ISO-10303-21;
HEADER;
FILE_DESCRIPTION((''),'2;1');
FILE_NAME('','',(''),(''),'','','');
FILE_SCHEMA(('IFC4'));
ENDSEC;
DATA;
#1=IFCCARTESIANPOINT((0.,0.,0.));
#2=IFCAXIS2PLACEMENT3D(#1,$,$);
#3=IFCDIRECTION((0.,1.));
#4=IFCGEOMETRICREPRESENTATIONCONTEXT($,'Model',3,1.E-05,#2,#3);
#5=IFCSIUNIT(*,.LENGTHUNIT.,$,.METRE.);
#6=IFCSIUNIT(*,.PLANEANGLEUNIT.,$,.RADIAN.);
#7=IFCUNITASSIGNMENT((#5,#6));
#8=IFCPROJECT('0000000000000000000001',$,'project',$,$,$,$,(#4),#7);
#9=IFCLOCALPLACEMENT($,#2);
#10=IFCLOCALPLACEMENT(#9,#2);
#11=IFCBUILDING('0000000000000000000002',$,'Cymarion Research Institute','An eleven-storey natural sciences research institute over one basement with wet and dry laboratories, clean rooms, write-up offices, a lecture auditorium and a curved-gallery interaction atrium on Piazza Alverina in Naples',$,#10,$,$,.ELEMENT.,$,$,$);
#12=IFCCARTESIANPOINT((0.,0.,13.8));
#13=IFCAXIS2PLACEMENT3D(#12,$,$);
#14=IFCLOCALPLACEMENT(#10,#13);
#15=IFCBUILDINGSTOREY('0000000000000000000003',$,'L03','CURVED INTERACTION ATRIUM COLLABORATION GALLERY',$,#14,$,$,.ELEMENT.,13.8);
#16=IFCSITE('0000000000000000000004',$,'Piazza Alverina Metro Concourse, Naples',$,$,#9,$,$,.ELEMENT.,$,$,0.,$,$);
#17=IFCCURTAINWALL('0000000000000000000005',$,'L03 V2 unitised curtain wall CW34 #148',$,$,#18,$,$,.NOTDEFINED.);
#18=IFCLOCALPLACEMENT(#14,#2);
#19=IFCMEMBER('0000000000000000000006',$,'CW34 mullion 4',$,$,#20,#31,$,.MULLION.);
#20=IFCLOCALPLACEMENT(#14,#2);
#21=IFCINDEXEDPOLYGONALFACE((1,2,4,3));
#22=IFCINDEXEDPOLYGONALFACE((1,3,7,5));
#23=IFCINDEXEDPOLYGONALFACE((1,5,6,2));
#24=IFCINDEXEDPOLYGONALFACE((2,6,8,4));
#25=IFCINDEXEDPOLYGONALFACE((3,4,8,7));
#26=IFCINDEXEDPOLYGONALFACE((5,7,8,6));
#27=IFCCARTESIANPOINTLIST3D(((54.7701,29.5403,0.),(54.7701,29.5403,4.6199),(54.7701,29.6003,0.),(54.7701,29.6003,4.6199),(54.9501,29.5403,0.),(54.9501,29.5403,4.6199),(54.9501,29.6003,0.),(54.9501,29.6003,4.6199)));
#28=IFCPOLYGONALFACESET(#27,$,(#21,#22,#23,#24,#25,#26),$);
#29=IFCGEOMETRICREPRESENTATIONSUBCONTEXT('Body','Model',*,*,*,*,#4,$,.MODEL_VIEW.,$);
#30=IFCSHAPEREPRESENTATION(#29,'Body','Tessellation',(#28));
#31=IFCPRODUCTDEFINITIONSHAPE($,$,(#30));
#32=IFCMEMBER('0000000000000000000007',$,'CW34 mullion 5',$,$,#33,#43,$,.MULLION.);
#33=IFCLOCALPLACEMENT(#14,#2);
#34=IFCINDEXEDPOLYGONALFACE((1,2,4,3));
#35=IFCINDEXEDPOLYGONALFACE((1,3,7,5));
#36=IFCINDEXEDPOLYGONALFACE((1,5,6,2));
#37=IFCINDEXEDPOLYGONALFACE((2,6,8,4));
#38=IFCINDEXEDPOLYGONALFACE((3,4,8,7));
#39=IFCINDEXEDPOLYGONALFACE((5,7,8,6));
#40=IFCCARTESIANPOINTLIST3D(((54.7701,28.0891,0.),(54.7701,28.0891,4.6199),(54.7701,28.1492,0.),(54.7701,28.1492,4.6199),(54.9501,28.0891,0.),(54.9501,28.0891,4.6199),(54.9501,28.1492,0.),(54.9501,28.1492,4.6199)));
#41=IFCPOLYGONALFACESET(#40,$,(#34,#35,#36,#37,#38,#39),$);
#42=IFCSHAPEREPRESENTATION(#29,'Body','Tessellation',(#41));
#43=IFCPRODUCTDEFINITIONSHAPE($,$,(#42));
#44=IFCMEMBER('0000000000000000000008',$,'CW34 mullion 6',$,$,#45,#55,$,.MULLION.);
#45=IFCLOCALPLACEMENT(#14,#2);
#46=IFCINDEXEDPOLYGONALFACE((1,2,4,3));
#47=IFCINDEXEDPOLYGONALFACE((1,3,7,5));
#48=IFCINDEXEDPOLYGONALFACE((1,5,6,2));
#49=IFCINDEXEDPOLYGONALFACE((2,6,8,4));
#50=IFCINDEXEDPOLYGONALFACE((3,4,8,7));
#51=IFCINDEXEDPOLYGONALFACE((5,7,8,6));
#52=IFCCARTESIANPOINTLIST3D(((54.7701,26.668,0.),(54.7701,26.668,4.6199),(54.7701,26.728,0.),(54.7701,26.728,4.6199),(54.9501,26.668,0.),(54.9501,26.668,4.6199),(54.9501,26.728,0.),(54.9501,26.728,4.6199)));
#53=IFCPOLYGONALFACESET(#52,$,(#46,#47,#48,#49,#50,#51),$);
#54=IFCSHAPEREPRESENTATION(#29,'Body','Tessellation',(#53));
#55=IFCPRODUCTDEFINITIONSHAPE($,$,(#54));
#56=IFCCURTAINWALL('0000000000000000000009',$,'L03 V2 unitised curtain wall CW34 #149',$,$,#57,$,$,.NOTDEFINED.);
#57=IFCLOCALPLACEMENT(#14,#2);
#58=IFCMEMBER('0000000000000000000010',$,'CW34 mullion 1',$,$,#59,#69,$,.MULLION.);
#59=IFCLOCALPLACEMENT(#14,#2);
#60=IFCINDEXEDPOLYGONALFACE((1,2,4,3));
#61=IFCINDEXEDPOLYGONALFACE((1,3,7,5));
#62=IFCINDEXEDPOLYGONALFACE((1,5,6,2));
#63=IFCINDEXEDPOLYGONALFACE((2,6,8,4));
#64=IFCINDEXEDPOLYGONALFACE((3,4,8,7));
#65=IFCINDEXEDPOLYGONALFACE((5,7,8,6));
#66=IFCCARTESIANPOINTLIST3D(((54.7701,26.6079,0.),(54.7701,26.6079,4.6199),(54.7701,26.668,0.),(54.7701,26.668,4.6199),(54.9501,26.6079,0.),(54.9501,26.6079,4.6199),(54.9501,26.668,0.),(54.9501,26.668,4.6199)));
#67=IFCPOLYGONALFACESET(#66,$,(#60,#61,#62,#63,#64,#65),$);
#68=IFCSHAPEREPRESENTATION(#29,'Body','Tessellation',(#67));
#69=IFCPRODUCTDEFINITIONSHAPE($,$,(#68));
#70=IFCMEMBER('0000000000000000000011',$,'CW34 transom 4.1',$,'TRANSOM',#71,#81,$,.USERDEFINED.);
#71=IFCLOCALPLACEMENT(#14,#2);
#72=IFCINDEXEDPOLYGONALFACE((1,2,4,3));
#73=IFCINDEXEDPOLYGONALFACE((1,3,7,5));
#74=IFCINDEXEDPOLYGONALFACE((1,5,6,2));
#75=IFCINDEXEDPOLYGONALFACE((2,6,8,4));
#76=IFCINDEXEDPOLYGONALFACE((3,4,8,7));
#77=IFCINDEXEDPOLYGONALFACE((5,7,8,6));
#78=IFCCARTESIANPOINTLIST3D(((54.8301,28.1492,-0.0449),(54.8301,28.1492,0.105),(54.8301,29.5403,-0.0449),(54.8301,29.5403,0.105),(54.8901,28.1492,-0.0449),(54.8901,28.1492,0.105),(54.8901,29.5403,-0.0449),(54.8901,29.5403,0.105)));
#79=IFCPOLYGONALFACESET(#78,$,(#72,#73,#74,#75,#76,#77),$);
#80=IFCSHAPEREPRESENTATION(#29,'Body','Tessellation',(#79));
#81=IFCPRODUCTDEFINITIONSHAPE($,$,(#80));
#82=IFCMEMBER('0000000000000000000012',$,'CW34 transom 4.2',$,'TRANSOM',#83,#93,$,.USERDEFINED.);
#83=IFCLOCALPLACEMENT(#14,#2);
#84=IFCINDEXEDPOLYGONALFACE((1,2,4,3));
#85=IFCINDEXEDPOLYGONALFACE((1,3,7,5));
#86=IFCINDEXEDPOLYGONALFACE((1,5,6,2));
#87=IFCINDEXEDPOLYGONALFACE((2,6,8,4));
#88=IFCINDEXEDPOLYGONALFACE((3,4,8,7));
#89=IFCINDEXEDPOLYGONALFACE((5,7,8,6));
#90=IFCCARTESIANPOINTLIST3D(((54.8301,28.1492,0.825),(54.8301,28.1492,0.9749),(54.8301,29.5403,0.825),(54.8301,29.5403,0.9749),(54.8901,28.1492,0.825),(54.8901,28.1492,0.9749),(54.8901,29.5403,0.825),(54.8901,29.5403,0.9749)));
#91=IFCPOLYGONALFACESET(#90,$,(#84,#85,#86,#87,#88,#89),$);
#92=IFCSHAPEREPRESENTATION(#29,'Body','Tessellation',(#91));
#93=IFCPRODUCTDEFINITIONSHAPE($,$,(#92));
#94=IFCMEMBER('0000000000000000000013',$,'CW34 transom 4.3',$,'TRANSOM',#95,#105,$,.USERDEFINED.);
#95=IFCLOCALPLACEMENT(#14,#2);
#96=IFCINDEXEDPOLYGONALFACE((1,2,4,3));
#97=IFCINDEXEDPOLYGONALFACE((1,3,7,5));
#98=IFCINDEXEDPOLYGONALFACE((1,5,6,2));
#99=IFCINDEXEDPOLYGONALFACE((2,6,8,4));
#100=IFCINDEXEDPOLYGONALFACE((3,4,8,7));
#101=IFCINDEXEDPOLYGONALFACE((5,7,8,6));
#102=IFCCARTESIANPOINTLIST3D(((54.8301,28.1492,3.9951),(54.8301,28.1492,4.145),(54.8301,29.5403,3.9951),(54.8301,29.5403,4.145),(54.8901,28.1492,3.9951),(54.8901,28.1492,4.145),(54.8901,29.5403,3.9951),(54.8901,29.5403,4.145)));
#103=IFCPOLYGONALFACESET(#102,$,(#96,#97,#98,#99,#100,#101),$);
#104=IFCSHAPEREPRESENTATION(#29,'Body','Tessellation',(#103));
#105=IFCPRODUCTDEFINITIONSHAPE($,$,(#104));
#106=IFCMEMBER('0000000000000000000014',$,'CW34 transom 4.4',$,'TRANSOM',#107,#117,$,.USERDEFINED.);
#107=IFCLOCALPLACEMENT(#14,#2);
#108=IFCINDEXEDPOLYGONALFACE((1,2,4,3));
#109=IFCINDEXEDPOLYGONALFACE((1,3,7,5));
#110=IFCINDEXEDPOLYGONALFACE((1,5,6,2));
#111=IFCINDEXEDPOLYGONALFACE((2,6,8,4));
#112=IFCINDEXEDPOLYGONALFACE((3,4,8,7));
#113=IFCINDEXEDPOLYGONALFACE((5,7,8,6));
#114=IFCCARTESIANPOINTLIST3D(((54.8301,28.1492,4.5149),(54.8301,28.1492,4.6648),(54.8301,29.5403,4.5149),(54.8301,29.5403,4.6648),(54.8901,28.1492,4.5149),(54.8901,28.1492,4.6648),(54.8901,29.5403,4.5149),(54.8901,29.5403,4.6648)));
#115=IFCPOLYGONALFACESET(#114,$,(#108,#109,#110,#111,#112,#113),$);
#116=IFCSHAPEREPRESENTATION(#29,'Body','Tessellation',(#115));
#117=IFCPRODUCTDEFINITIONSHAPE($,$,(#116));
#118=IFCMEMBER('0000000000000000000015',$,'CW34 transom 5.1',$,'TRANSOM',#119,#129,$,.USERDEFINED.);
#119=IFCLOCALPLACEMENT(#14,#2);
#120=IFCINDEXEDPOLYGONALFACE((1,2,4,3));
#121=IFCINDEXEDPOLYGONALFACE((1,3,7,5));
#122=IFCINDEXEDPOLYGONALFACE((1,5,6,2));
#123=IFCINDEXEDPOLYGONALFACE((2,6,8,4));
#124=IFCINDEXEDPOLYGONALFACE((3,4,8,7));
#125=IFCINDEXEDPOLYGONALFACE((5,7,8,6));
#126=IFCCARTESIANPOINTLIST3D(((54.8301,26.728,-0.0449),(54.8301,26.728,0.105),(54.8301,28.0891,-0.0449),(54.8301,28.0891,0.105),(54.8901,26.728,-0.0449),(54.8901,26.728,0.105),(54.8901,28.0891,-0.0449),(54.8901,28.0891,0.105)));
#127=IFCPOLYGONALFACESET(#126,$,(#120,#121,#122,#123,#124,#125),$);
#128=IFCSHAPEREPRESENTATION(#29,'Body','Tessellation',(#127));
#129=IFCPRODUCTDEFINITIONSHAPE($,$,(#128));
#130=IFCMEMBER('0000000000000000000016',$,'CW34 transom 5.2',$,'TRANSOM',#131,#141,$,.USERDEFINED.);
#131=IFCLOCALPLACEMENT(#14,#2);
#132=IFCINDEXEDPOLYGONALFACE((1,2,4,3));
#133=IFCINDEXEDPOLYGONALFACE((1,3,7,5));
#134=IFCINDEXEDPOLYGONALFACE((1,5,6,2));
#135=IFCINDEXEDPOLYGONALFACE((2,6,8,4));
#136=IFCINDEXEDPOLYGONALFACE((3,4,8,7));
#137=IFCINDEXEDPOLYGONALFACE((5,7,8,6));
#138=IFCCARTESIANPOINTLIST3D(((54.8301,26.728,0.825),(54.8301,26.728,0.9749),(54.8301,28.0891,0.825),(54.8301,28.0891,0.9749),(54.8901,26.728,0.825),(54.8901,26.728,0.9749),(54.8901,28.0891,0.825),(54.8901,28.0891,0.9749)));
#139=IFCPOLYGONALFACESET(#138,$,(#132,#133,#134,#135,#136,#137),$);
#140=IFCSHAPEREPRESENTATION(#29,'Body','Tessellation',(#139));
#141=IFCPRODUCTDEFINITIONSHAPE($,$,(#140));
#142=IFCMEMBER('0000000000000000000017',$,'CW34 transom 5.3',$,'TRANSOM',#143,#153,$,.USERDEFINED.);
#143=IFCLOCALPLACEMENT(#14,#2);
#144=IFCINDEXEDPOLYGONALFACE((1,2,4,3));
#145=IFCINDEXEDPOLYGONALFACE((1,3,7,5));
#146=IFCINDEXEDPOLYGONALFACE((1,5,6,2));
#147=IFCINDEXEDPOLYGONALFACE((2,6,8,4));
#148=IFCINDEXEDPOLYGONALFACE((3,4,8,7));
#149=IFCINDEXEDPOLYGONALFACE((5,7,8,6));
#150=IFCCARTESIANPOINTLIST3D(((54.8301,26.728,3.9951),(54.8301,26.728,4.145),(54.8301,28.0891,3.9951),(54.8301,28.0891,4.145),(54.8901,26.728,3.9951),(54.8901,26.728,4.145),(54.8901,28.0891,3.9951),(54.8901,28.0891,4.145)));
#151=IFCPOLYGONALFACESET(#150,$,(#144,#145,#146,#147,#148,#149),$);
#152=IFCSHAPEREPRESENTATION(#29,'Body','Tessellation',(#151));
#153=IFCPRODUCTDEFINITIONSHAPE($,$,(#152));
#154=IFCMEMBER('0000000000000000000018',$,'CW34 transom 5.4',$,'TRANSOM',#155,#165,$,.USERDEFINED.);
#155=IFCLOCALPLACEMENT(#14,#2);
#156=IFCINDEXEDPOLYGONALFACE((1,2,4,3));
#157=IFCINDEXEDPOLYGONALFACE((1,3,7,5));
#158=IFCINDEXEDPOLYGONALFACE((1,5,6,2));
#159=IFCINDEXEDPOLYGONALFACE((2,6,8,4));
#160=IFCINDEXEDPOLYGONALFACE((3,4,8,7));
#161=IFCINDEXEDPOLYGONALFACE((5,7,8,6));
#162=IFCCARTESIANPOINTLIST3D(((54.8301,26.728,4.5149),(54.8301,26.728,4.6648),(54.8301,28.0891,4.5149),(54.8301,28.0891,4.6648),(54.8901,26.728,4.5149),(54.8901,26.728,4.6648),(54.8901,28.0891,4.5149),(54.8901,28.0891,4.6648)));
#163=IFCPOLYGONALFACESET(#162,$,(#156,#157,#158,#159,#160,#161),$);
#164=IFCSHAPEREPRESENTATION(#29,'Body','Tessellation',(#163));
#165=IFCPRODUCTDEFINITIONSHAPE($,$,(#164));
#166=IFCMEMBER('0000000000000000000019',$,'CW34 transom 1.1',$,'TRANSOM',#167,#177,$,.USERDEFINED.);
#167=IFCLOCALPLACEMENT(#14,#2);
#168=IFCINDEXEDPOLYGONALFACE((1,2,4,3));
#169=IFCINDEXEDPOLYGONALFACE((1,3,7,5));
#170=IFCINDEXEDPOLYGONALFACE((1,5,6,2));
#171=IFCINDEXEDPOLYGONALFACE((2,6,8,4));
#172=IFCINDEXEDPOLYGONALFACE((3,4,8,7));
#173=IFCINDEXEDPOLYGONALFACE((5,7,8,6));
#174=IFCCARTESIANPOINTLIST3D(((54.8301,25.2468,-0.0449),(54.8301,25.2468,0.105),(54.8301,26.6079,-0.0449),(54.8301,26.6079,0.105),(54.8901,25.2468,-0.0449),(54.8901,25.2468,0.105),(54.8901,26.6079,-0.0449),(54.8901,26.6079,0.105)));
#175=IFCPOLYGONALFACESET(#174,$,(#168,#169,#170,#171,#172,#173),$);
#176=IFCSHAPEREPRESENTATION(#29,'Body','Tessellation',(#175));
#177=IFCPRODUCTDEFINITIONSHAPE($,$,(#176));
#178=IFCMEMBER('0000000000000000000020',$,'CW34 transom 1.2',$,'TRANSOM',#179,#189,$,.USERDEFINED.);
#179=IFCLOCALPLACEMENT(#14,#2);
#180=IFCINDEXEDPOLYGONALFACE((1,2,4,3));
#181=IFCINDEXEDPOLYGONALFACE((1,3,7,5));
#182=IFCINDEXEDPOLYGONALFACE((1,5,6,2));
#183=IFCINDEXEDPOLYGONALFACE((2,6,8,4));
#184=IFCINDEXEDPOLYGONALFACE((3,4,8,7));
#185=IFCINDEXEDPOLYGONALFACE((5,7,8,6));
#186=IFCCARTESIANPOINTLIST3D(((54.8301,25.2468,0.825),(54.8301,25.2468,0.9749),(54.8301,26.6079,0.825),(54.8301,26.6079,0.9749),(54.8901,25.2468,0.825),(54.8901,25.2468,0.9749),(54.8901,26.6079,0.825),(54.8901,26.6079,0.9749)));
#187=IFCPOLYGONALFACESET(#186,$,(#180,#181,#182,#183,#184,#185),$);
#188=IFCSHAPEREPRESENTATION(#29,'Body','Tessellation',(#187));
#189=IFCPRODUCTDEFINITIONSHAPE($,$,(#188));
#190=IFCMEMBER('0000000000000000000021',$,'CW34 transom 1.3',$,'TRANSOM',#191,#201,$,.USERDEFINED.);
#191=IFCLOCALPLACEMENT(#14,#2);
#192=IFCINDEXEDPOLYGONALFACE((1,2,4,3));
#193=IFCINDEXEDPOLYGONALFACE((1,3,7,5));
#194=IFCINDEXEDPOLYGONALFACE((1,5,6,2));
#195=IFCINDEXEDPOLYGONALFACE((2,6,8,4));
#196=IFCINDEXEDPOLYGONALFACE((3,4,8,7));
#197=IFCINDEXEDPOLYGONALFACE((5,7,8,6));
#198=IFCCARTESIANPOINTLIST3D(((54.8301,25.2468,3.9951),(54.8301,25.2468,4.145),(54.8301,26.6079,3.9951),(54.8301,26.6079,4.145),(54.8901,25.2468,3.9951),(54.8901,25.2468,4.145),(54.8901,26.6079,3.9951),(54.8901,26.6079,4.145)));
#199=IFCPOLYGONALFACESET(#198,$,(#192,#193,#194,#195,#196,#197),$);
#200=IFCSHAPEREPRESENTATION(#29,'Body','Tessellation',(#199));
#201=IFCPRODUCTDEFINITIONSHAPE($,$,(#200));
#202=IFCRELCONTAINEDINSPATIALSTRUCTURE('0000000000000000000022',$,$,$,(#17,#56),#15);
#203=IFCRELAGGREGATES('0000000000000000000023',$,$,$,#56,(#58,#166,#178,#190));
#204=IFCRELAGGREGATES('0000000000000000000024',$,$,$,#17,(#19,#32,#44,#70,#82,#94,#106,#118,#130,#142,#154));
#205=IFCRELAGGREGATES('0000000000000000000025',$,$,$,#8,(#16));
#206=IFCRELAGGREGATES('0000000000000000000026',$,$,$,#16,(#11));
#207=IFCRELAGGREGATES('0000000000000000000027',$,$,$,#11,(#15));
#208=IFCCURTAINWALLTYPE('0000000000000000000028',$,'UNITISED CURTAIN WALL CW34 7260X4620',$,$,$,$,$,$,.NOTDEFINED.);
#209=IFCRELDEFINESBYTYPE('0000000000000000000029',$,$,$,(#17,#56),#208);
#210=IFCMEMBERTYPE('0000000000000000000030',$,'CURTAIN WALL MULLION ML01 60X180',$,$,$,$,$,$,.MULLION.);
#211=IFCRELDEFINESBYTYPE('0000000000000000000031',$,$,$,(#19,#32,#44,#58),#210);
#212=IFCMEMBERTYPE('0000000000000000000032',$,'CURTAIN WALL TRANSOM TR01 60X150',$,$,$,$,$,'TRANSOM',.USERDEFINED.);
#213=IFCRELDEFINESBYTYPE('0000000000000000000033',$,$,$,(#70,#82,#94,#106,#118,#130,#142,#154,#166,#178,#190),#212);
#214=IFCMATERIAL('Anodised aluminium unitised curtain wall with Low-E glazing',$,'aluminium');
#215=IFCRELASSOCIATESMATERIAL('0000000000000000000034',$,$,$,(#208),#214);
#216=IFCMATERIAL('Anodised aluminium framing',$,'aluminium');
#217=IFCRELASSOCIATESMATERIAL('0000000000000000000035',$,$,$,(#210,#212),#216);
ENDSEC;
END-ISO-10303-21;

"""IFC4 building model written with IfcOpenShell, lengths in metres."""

from ifc_helpers import new_model, si_unit, direction, frame, origin, origin_2d, place, context, subcontext, project, spatial, rectangle, extrude, material, material_profile, profile_set, type_object, element, aggregate, save


model = new_model("IFC4")

# Units and contexts
model_context = context("Model", 3, precision=1e-05, world=origin(), true_north=direction((0.0, 1.0)))
body_context = subcontext(model_context, "Body", "Model", "MODEL_VIEW")
ifc_project = project(units=[si_unit("LENGTHUNIT", "METRE"), si_unit("PLANEANGLEUNIT", "RADIAN")], contexts=[model_context])

# Site, building, storey
site_placement = place(None, origin())
site = spatial("IfcSite", under=ifc_project, at=site_placement, Name="Piazza Alverina Metro Concourse, Naples", CompositionType="ELEMENT", RefElevation=0.0)
building_placement = place(site_placement, origin())
building = spatial("IfcBuilding", under=site, at=building_placement, Name="Cymarion Research Institute", Description="An eleven-storey natural sciences research institute over one basement with wet and dry laboratories, clean rooms, write-up offices, a lecture auditorium and a curved-gallery interaction atrium on Piazza Alverina in Naples", CompositionType="ELEMENT")
storey_placement = place(building_placement, frame((0.0, 0.0, 13.8)))
storey = spatial("IfcBuildingStorey", under=building, at=storey_placement, Name="L03", Description="CURVED INTERACTION ATRIUM COLLABORATION GALLERY", CompositionType="ELEMENT", Elevation=13.8)

# Curtain wall, members
ifc_material_1 = material(Name="Anodised aluminium unitised curtain wall with Low-E glazing", Category="aluminium")
curtain_wall_type = type_object("IfcCurtainWallType", Name="UNITISED CURTAIN WALL CW34 7260X4620", PredefinedType="NOTDEFINED", material=ifc_material_1)
curtain_wall_1_placement = place(storey_placement, origin())
curtain_wall_1 = element("IfcCurtainWall", 1, at=curtain_wall_1_placement, inside=storey, type_object=curtain_wall_type, Name="L03 V2 unitised curtain wall CW34 #148", PredefinedType="NOTDEFINED")
ifc_material_2 = material(Name="Anodised aluminium framing", Category="aluminium")
ifc_material_profile_1 = material_profile(ifc_material_2, rectangle(XDim=0.0601, YDim=0.1799, at=origin_2d()), Name="ALU MULLION 60x180")
ifc_profile_set_1 = profile_set([ifc_material_profile_1], Name="Anodised aluminium framing")
member_type_1 = type_object("IfcMemberType", Name="CURTAIN WALL MULLION ML01 60X180", PredefinedType="MULLION", material=ifc_profile_set_1)
member_1_placement = place(storey_placement, frame((54.8601, 29.5703, 0.0), z_axis=(0.0, 0.0, 1.0), x_axis=(0.0, -1.0, 0.0)))
member_1 = element("IfcMember", 2, at=member_1_placement, type_object=member_type_1, Name="CW34 mullion 4", PredefinedType="MULLION", context=body_context, shape_type="SweptSolid", body=[
    extrude(rectangle(XDim=0.0601, YDim=0.1799, at=origin_2d()), origin(), (0.0, 0.0, 1.0), 4.6199),
])
member_2_placement = place(storey_placement, frame((54.8601, 28.1191, 0.0), z_axis=(0.0, 0.0, 1.0), x_axis=(0.0, -1.0, 0.0)))
member_2 = element("IfcMember", 3, at=member_2_placement, type_object=member_type_1, Name="CW34 mullion 5", PredefinedType="MULLION", context=body_context, shape_type="SweptSolid", body=[
    extrude(rectangle(XDim=0.0601, YDim=0.1799, at=origin_2d()), origin(), (0.0, 0.0, 1.0), 4.6199),
])
member_3_placement = place(storey_placement, frame((54.8601, 26.698, 0.0), z_axis=(0.0, 0.0, 1.0), x_axis=(0.0, -1.0, 0.0)))
member_3 = element("IfcMember", 4, at=member_3_placement, type_object=member_type_1, Name="CW34 mullion 6", PredefinedType="MULLION", context=body_context, shape_type="SweptSolid", body=[
    extrude(rectangle(XDim=0.0601, YDim=0.1799, at=origin_2d()), origin(), (0.0, 0.0, 1.0), 4.6199),
])

# Curtain wall, member
curtain_wall_2_placement = place(storey_placement, origin())
curtain_wall_2 = element("IfcCurtainWall", 5, at=curtain_wall_2_placement, inside=storey, type_object=curtain_wall_type, Name="L03 V2 unitised curtain wall CW34 #149", PredefinedType="NOTDEFINED")
member_4_placement = place(storey_placement, frame((54.8601, 26.6379, 0.0), z_axis=(0.0, 0.0, 1.0), x_axis=(0.0, -1.0, 0.0)))
member_4 = element("IfcMember", 6, at=member_4_placement, type_object=member_type_1, Name="CW34 mullion 1", PredefinedType="MULLION", context=body_context, shape_type="SweptSolid", body=[
    extrude(rectangle(XDim=0.0601, YDim=0.1799, at=origin_2d()), origin(), (0.0, 0.0, 1.0), 4.6199),
])

# Members
ifc_material_profile_2 = material_profile(ifc_material_2, rectangle(XDim=0.0601, YDim=0.1499, at=origin_2d()), Name="ALU TRANSOM 60x150")
ifc_profile_set_2 = profile_set([ifc_material_profile_2], Name="Anodised aluminium framing")
member_type_2 = type_object("IfcMemberType", Name="CURTAIN WALL TRANSOM TR01 60X150", ElementType="TRANSOM", PredefinedType="USERDEFINED", material=ifc_profile_set_2)
member_5_placement = place(storey_placement, frame((54.8601, 29.5403, 0.03), z_axis=(0.0, -1.0, 0.0), x_axis=(1.0, 0.0, 0.0)))
member_5 = element("IfcMember", 7, at=member_5_placement, type_object=member_type_2, Name="CW34 transom 4.1", ObjectType="TRANSOM", PredefinedType="USERDEFINED", context=body_context, shape_type="SweptSolid", body=[
    extrude(rectangle(XDim=0.0601, YDim=0.1499, at=origin_2d()), origin(), (0.0, 0.0, 1.0), 1.3911),
])
member_6_placement = place(storey_placement, frame((54.8601, 29.5403, 0.8999), z_axis=(0.0, -1.0, 0.0), x_axis=(1.0, 0.0, 0.0)))
member_6 = element("IfcMember", 8, at=member_6_placement, type_object=member_type_2, Name="CW34 transom 4.2", ObjectType="TRANSOM", PredefinedType="USERDEFINED", context=body_context, shape_type="SweptSolid", body=[
    extrude(rectangle(XDim=0.0601, YDim=0.1499, at=origin_2d()), origin(), (0.0, 0.0, 1.0), 1.3911),
])
member_7_placement = place(storey_placement, frame((54.8601, 29.5403, 4.0701), z_axis=(0.0, -1.0, 0.0), x_axis=(1.0, 0.0, 0.0)))
member_7 = element("IfcMember", 9, at=member_7_placement, type_object=member_type_2, Name="CW34 transom 4.3", ObjectType="TRANSOM", PredefinedType="USERDEFINED", context=body_context, shape_type="SweptSolid", body=[
    extrude(rectangle(XDim=0.0601, YDim=0.1499, at=origin_2d()), origin(), (0.0, 0.0, 1.0), 1.3911),
])
member_8_placement = place(storey_placement, frame((54.8601, 29.5403, 4.5898), z_axis=(0.0, -1.0, 0.0), x_axis=(1.0, 0.0, 0.0)))
member_8 = element("IfcMember", 10, at=member_8_placement, type_object=member_type_2, Name="CW34 transom 4.4", ObjectType="TRANSOM", PredefinedType="USERDEFINED", context=body_context, shape_type="SweptSolid", body=[
    extrude(rectangle(XDim=0.0601, YDim=0.1499, at=origin_2d()), origin(), (0.0, 0.0, 1.0), 1.3911),
])
member_9_placement = place(storey_placement, frame((54.8601, 28.0891, 0.03), z_axis=(0.0, -1.0, 0.0), x_axis=(1.0, 0.0, 0.0)))
member_9 = element("IfcMember", 11, at=member_9_placement, type_object=member_type_2, Name="CW34 transom 5.1", ObjectType="TRANSOM", PredefinedType="USERDEFINED", context=body_context, shape_type="SweptSolid", body=[
    extrude(rectangle(XDim=0.0601, YDim=0.1499, at=origin_2d()), origin(), (0.0, 0.0, 1.0), 1.3611),
])
member_10_placement = place(storey_placement, frame((54.8601, 28.0891, 0.8999), z_axis=(0.0, -1.0, 0.0), x_axis=(1.0, 0.0, 0.0)))
member_10 = element("IfcMember", 12, at=member_10_placement, type_object=member_type_2, Name="CW34 transom 5.2", ObjectType="TRANSOM", PredefinedType="USERDEFINED", context=body_context, shape_type="SweptSolid", body=[
    extrude(rectangle(XDim=0.0601, YDim=0.1499, at=origin_2d()), origin(), (0.0, 0.0, 1.0), 1.3611),
])
member_11_placement = place(storey_placement, frame((54.8601, 28.0891, 4.0701), z_axis=(0.0, -1.0, 0.0), x_axis=(1.0, 0.0, 0.0)))
member_11 = element("IfcMember", 13, at=member_11_placement, type_object=member_type_2, Name="CW34 transom 5.3", ObjectType="TRANSOM", PredefinedType="USERDEFINED", context=body_context, shape_type="SweptSolid", body=[
    extrude(rectangle(XDim=0.0601, YDim=0.1499, at=origin_2d()), origin(), (0.0, 0.0, 1.0), 1.3611),
])
member_12_placement = place(storey_placement, frame((54.8601, 28.0891, 4.5898), z_axis=(0.0, -1.0, 0.0), x_axis=(1.0, 0.0, 0.0)))
member_12 = element("IfcMember", 14, at=member_12_placement, type_object=member_type_2, Name="CW34 transom 5.4", ObjectType="TRANSOM", PredefinedType="USERDEFINED", context=body_context, shape_type="SweptSolid", body=[
    extrude(rectangle(XDim=0.0601, YDim=0.1499, at=origin_2d()), origin(), (0.0, 0.0, 1.0), 1.3611),
])
member_13_placement = place(storey_placement, frame((54.8601, 26.6079, 0.03), z_axis=(0.0, -1.0, 0.0), x_axis=(1.0, 0.0, 0.0)))
member_13 = element("IfcMember", 15, at=member_13_placement, type_object=member_type_2, Name="CW34 transom 1.1", ObjectType="TRANSOM", PredefinedType="USERDEFINED", context=body_context, shape_type="SweptSolid", body=[
    extrude(rectangle(XDim=0.0601, YDim=0.1499, at=origin_2d()), origin(), (0.0, 0.0, 1.0), 1.3611),
])
member_14_placement = place(storey_placement, frame((54.8601, 26.6079, 0.8999), z_axis=(0.0, -1.0, 0.0), x_axis=(1.0, 0.0, 0.0)))
member_14 = element("IfcMember", 16, at=member_14_placement, type_object=member_type_2, Name="CW34 transom 1.2", ObjectType="TRANSOM", PredefinedType="USERDEFINED", context=body_context, shape_type="SweptSolid", body=[
    extrude(rectangle(XDim=0.0601, YDim=0.1499, at=origin_2d()), origin(), (0.0, 0.0, 1.0), 1.3611),
])
member_15_placement = place(storey_placement, frame((54.8601, 26.6079, 4.0701), z_axis=(0.0, -1.0, 0.0), x_axis=(1.0, 0.0, 0.0)))
member_15 = element("IfcMember", 17, at=member_15_placement, type_object=member_type_2, Name="CW34 transom 1.3", ObjectType="TRANSOM", PredefinedType="USERDEFINED", context=body_context, shape_type="SweptSolid", body=[
    extrude(rectangle(XDim=0.0601, YDim=0.1499, at=origin_2d()), origin(), (0.0, 0.0, 1.0), 1.3611),
])

aggregate(curtain_wall_2, [member_4, member_13, member_14, member_15])
aggregate(curtain_wall_1, [member_1, member_2, member_3, member_5, member_6, member_7, member_8, member_9, member_10, member_11, member_12])

save(model, "model.ifc")
